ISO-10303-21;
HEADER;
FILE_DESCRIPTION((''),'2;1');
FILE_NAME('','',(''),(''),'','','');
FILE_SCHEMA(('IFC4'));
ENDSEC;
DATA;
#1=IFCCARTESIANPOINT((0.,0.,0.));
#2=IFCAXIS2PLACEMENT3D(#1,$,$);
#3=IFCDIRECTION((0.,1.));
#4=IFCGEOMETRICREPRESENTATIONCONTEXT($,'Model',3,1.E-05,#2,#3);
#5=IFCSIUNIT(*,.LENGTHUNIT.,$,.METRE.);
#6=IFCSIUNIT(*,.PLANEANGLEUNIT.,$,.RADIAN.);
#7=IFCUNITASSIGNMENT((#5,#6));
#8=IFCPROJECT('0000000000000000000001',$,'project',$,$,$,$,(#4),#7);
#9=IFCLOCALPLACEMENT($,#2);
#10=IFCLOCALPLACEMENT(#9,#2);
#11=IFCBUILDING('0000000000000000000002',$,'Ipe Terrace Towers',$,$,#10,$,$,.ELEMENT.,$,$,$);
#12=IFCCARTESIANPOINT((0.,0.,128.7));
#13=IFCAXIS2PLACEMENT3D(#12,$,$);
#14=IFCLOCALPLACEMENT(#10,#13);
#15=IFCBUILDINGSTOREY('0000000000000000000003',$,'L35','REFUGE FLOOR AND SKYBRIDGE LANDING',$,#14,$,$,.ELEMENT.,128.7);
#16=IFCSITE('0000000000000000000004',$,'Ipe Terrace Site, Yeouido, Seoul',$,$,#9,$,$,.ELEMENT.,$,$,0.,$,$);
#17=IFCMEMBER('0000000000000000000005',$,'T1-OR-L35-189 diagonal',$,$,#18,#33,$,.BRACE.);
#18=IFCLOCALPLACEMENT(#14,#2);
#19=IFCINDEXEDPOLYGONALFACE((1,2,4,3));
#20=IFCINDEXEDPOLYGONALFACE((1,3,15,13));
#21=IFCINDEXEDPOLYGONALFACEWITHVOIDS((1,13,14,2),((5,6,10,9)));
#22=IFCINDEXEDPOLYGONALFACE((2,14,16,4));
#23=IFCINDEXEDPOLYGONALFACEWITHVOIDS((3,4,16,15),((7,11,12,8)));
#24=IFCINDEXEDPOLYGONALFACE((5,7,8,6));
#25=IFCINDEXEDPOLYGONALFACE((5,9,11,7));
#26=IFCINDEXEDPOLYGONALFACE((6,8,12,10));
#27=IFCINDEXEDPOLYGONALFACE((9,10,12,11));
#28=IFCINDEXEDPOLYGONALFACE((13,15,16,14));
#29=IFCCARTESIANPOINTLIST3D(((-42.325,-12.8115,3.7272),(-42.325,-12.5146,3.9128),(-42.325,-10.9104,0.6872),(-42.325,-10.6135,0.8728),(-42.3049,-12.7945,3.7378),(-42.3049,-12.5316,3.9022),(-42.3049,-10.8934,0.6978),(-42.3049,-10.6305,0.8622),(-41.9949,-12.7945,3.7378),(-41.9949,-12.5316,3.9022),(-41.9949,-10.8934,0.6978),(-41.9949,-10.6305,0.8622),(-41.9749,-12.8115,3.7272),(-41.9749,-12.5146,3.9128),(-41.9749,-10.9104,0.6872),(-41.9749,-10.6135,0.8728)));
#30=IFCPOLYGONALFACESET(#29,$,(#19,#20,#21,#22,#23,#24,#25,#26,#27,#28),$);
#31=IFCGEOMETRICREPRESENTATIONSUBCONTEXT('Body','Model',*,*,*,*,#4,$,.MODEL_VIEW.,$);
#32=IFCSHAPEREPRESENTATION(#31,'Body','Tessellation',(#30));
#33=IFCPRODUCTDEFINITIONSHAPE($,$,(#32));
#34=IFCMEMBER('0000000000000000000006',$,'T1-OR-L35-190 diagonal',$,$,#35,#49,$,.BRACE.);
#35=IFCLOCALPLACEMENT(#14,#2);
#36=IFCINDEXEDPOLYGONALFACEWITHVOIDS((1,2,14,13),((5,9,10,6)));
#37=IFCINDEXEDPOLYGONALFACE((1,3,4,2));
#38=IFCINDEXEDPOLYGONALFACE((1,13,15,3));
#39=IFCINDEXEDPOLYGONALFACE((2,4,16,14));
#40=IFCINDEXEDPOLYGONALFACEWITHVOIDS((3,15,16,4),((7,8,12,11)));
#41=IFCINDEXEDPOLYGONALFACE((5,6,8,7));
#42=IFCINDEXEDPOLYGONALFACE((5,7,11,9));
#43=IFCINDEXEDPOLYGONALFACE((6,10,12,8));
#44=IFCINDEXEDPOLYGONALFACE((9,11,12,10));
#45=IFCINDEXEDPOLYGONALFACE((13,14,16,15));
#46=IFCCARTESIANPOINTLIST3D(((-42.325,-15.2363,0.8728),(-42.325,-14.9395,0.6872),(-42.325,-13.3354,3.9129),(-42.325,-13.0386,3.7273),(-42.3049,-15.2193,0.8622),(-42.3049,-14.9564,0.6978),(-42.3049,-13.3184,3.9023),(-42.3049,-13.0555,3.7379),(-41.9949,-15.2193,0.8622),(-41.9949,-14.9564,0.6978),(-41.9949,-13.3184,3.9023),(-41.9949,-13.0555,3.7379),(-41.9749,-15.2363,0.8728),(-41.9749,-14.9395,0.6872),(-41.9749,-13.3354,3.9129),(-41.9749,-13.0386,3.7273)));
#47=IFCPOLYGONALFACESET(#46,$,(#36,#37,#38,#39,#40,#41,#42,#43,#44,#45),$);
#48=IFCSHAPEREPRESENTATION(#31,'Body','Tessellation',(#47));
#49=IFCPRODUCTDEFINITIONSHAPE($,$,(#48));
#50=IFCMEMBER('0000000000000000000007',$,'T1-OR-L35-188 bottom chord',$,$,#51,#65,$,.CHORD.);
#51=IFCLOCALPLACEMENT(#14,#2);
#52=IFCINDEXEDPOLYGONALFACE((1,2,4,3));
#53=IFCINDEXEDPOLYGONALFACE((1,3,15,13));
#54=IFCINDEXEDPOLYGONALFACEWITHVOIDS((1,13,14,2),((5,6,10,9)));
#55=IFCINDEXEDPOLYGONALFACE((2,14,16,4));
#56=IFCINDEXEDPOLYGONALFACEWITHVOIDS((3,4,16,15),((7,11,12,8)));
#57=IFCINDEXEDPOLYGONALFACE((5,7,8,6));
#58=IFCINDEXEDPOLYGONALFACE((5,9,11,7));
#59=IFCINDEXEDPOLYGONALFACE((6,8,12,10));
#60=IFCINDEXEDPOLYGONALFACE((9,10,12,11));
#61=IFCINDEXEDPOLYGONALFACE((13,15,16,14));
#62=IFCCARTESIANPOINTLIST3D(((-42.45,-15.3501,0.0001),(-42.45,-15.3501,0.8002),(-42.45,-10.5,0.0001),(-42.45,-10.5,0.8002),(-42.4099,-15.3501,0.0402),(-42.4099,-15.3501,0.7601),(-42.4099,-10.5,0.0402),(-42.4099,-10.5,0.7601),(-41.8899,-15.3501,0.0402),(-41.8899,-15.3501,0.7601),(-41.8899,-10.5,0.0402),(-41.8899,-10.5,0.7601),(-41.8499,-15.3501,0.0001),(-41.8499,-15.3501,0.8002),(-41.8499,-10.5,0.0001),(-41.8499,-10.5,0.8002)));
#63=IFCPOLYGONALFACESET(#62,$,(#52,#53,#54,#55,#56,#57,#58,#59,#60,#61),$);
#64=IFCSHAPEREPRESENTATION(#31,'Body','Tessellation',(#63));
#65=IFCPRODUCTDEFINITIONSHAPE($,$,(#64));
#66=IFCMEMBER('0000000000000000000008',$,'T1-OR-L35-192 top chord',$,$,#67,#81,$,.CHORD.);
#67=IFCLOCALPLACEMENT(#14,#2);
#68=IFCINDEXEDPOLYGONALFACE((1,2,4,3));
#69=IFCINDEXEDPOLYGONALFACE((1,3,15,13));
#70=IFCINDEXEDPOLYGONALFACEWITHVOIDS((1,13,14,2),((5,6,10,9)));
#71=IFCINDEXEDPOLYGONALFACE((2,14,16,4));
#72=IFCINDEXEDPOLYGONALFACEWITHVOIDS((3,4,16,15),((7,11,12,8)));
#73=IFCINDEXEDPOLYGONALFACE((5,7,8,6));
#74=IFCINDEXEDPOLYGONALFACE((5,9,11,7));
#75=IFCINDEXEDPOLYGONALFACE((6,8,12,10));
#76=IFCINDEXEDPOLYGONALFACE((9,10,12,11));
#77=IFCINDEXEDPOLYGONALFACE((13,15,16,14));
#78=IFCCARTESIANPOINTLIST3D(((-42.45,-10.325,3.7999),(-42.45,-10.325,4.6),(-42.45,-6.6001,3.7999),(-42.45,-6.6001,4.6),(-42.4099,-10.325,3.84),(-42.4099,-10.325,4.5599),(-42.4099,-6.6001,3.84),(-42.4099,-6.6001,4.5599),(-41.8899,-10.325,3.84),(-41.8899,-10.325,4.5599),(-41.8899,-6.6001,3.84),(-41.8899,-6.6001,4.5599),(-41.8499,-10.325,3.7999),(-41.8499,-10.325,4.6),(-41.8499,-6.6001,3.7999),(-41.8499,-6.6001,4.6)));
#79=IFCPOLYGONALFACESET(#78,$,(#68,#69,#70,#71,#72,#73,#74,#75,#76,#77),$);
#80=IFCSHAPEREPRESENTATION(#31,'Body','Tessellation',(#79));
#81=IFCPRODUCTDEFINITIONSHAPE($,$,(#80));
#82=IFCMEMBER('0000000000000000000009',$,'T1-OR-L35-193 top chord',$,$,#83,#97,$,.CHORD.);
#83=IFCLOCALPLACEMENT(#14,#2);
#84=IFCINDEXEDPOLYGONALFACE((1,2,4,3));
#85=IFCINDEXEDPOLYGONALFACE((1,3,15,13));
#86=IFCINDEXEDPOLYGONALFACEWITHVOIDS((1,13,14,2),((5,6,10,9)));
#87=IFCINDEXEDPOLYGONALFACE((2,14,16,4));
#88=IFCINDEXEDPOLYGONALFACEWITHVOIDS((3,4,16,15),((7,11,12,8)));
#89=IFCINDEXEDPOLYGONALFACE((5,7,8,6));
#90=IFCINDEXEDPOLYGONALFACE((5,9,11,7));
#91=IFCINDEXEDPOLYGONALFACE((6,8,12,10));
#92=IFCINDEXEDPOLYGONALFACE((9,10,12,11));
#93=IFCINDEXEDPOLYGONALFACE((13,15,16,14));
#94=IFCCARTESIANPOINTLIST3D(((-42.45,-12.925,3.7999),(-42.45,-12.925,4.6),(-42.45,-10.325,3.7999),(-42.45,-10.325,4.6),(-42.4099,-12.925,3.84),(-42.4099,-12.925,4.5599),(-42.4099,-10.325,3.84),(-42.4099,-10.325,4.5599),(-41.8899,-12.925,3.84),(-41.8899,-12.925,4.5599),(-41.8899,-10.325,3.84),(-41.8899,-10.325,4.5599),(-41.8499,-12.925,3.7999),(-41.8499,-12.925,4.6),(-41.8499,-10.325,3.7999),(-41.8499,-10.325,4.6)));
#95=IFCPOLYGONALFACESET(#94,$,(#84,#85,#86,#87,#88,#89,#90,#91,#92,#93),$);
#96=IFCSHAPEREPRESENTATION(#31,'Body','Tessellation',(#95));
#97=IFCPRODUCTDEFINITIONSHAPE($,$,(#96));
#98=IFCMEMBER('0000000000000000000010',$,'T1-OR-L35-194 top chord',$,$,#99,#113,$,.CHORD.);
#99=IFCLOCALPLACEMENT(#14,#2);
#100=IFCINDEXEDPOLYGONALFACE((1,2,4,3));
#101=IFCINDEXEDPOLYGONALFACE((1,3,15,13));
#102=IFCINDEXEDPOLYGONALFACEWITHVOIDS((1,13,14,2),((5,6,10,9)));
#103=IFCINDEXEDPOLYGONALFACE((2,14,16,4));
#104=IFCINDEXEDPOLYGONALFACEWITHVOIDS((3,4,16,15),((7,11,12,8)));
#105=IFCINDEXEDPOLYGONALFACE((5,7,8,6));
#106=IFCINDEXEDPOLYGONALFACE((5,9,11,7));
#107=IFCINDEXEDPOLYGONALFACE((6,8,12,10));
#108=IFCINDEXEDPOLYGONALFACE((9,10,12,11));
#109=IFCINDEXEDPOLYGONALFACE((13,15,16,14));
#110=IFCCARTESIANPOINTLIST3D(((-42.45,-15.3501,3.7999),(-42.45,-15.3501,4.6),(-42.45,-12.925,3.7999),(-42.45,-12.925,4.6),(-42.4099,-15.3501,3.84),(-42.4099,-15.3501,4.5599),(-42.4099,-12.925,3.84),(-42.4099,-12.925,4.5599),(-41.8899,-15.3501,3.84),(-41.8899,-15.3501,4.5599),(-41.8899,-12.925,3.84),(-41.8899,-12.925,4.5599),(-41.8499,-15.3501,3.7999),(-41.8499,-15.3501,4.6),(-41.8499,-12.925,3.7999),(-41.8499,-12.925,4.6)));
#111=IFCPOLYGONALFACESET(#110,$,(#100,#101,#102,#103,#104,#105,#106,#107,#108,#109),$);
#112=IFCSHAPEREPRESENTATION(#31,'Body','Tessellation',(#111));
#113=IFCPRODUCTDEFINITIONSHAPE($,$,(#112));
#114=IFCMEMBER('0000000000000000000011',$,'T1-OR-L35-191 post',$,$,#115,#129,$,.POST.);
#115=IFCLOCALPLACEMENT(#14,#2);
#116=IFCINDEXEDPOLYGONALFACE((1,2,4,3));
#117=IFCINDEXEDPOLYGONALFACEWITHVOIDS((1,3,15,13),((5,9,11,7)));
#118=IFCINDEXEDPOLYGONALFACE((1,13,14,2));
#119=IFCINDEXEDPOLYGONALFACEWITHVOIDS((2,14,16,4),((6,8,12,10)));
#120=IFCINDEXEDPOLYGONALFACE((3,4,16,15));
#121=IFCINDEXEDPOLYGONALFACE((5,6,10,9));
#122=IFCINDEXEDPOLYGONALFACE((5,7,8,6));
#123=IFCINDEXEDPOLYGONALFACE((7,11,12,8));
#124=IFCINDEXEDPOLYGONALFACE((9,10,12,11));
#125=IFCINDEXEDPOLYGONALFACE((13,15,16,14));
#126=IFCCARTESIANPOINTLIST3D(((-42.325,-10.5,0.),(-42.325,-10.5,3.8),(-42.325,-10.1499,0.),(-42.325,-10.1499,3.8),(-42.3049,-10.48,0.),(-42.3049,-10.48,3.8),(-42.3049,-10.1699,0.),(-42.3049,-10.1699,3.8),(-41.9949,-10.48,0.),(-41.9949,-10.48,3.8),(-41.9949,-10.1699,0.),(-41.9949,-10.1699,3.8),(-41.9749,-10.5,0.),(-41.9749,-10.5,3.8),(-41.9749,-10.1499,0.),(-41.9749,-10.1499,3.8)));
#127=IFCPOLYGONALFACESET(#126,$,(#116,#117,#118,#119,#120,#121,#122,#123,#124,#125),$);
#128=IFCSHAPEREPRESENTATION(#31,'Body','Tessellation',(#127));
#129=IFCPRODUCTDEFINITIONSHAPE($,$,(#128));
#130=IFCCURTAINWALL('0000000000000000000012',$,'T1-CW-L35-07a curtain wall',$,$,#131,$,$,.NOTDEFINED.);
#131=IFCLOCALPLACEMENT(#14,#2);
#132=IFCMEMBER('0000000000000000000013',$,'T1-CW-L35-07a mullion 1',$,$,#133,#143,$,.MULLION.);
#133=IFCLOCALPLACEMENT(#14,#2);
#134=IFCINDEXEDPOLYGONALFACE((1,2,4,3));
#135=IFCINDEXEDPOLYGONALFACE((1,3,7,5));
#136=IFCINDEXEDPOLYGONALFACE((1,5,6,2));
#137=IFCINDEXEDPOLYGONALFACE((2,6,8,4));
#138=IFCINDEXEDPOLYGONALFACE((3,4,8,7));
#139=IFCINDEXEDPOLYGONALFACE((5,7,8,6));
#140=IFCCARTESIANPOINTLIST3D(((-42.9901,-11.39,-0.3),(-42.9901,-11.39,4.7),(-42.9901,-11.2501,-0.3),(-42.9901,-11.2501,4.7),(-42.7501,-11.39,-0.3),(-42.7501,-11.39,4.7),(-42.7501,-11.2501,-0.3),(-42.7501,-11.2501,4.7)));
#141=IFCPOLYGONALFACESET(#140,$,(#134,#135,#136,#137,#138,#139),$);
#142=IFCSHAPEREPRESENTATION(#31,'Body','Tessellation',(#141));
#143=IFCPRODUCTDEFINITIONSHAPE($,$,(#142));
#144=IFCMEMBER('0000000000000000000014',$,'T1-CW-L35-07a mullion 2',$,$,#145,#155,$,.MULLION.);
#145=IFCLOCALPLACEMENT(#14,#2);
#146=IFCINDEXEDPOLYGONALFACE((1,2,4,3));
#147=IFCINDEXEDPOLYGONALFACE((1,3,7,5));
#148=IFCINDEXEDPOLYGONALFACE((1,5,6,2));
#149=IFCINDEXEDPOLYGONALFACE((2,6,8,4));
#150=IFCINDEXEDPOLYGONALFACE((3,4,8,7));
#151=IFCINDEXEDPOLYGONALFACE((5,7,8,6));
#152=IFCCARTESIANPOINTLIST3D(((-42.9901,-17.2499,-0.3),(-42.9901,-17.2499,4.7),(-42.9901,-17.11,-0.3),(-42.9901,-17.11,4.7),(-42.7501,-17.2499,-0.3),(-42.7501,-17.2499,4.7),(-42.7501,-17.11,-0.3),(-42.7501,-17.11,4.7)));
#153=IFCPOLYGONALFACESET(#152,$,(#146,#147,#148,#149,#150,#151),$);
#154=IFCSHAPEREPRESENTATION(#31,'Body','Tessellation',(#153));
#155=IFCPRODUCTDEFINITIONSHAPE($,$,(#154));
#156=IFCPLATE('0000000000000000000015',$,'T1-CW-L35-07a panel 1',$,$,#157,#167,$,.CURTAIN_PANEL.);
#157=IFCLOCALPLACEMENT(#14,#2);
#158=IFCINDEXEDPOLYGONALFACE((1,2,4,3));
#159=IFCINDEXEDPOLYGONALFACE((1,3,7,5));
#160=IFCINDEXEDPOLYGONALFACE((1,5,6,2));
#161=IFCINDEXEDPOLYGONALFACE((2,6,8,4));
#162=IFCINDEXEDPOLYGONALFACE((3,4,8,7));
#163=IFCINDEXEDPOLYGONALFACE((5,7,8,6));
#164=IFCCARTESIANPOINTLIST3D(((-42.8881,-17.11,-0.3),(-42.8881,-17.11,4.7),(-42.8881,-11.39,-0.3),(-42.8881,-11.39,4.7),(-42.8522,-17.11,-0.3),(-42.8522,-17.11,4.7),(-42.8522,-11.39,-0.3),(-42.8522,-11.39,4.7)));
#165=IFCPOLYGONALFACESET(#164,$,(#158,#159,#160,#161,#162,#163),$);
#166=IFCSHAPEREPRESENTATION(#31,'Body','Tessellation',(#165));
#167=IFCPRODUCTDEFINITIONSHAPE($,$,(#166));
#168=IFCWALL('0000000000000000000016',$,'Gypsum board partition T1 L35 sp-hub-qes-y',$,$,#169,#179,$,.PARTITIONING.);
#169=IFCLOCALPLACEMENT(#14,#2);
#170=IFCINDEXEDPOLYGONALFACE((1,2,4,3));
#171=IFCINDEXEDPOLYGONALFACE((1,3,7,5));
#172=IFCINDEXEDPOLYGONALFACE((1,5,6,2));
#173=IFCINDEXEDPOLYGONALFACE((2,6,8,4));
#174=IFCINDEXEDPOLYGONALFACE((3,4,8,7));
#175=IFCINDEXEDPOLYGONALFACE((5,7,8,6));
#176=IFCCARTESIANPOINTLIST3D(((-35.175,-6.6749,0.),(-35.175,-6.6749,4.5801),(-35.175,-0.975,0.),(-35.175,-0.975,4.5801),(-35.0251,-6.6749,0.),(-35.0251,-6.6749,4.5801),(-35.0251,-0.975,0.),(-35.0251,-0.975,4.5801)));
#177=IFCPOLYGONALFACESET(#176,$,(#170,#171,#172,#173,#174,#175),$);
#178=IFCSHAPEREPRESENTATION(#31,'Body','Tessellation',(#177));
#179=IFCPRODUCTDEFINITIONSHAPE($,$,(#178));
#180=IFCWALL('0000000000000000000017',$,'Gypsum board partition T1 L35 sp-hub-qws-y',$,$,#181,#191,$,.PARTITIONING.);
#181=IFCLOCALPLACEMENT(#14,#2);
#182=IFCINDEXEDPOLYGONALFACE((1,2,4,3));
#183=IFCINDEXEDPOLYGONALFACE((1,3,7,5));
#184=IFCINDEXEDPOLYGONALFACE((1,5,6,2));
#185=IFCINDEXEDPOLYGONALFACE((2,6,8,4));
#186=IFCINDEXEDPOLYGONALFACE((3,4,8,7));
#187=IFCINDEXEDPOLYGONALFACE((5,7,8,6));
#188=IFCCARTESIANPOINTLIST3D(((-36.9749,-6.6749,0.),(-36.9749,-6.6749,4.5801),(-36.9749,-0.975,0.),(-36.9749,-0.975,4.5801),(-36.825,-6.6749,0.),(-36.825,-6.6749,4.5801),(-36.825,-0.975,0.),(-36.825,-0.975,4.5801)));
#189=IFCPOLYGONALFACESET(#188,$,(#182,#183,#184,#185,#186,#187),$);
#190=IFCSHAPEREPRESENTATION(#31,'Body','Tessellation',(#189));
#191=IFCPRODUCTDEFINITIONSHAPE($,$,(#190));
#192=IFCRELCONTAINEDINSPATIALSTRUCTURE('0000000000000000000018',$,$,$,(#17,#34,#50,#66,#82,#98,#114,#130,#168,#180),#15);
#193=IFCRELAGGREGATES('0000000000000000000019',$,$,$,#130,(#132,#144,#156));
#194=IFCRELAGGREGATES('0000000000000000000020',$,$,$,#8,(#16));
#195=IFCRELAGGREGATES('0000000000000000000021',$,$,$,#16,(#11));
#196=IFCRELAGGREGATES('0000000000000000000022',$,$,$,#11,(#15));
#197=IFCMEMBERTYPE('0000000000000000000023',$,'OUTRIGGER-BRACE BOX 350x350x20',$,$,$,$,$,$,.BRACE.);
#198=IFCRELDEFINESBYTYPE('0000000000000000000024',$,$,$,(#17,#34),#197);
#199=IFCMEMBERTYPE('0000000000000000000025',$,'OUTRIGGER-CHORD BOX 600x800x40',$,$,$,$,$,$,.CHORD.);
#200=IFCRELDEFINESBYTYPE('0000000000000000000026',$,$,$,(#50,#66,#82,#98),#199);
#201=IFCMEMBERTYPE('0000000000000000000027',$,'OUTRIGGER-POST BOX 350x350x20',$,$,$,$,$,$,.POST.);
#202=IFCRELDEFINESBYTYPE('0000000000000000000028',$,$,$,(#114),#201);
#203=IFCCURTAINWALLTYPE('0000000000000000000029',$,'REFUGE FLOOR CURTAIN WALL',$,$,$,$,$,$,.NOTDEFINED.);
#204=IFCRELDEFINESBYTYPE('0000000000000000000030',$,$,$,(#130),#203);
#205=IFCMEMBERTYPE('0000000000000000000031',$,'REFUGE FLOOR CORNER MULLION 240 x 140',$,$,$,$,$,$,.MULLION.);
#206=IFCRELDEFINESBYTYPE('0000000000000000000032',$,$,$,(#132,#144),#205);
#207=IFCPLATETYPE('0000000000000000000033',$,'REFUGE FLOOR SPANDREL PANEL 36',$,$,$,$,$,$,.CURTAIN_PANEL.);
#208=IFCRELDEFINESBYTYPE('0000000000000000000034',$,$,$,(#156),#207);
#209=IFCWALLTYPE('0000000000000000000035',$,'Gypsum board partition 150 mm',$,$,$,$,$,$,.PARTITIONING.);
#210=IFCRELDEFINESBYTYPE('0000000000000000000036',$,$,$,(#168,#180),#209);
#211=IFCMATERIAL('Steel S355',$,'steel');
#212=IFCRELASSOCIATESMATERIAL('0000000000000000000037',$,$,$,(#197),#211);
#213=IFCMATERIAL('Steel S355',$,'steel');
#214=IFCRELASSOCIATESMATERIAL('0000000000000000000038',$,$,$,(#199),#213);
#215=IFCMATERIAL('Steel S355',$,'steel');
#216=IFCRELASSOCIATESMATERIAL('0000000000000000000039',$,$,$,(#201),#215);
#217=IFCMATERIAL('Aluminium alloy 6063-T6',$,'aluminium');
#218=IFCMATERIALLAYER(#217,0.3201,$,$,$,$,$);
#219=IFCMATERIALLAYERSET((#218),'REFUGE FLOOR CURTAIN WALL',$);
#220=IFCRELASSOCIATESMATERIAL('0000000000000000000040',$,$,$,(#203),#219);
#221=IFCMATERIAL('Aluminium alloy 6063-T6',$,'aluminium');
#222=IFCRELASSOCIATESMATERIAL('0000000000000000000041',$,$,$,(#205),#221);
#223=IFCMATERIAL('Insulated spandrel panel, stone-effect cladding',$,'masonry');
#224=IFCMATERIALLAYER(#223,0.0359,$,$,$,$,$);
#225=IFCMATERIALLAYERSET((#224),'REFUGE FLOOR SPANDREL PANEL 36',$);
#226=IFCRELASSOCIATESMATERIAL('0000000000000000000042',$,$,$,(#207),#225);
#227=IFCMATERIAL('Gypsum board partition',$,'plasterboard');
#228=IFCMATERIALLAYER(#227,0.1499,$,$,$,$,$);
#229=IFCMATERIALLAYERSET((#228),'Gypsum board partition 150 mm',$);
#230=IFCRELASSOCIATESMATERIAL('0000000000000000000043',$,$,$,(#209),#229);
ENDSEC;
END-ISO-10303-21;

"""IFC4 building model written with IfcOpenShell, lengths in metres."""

from ifc_helpers import new_model, si_unit, direction, frame, frame_2d, origin, origin_2d, place, context, subcontext, project, spatial, rectangle, hollow_rectangle, extrude, material, layer, layer_set, material_profile, profile_set, type_object, element, aggregate, save


model = new_model("IFC4")

# Units and contexts
model_context = context("Model", 3, precision=1e-05, world=origin(), true_north=direction((0.0, 1.0)))
body_context = subcontext(model_context, "Body", "Model", "MODEL_VIEW")
ifc_project = project(units=[si_unit("LENGTHUNIT", "METRE"), si_unit("PLANEANGLEUNIT", "RADIAN")], contexts=[model_context])

# Site, building, storey
site_placement = place(None, origin())
site = spatial("IfcSite", under=ifc_project, at=site_placement, Name="Ipe Terrace Site, Yeouido, Seoul", CompositionType="ELEMENT", RefElevation=0.0)
building_placement = place(site_placement, origin())
building = spatial("IfcBuilding", under=site, at=building_placement, Name="Ipe Terrace Towers", CompositionType="ELEMENT")
storey_placement = place(building_placement, frame((0.0, 0.0, 128.7)))
storey = spatial("IfcBuildingStorey", under=building, at=storey_placement, Name="L35", Description="REFUGE FLOOR AND SKYBRIDGE LANDING", CompositionType="ELEMENT", Elevation=128.7)

# Members
ifc_material_1 = material(Name="Steel S355", Category="steel")
ifc_material_profile_1 = material_profile(ifc_material_1, hollow_rectangle(XDim=0.3501, YDim=0.3501, WallThickness=0.02, at=origin_2d()), Name="OUTRIGGER-BRACE BOX 350x350x20")
ifc_profile_set_1 = profile_set([ifc_material_profile_1], Name="Steel S355")
member_type_1 = type_object("IfcMemberType", Name="OUTRIGGER-BRACE BOX 350x350x20", PredefinedType="BRACE", material=ifc_profile_set_1)
for number, where, z_axis, x_axis, name in (
    (1, (-42.1499, -10.762, 0.78), (0.0, -0.530219, 0.847861), (1.0, 0.0, 0.0), "T1-OR-L35-189 diagonal"),
    (2, (-42.1499, -15.0879, 0.78), (0.0, 0.53017, 0.847891), (-1.0, 0.0, 0.0), "T1-OR-L35-190 diagonal"),
):
    element("IfcMember", number, at=place(storey_placement, frame(where, z_axis=z_axis, x_axis=x_axis)), inside=storey, type_object=member_type_1, Name=name, PredefinedType="BRACE", context=body_context, shape_type="SweptSolid", body=[
        extrude(hollow_rectangle(XDim=0.3501, YDim=0.3501, WallThickness=0.02, at=origin_2d()), origin(), (0.0, 0.0, 1.0), 3.5854),
    ])
ifc_material_2 = material(Name="Steel S355", Category="steel")
ifc_material_profile_2 = material_profile(ifc_material_2, hollow_rectangle(XDim=0.6001, YDim=0.8, WallThickness=0.04, at=origin_2d()), Name="OUTRIGGER-CHORD BOX 600x800x40")
ifc_profile_set_2 = profile_set([ifc_material_profile_2], Name="Steel S355")
member_type_2 = type_object("IfcMemberType", Name="OUTRIGGER-CHORD BOX 600x800x40", PredefinedType="CHORD", material=ifc_profile_set_2)
member_1_placement = place(storey_placement, frame((-42.1499, -10.5, 0.4001), z_axis=(0.0, -1.0, 0.0), x_axis=(1.0, 0.0, 0.0)))
element("IfcMember", 3, at=member_1_placement, inside=storey, type_object=member_type_2, Name="T1-OR-L35-188 bottom chord", PredefinedType="CHORD", context=body_context, shape_type="SweptSolid", body=[
    extrude(hollow_rectangle(XDim=0.6001, YDim=0.8, WallThickness=0.04, at=origin_2d()), origin(), (0.0, 0.0, 1.0), 4.8501),
])
member_2_placement = place(storey_placement, frame((-42.1499, -6.6001, 4.2), z_axis=(0.0, -1.0, 0.0), x_axis=(1.0, 0.0, 0.0)))
element("IfcMember", 4, at=member_2_placement, inside=storey, type_object=member_type_2, Name="T1-OR-L35-192 top chord", PredefinedType="CHORD", context=body_context, shape_type="SweptSolid", body=[
    extrude(hollow_rectangle(XDim=0.6001, YDim=0.8, WallThickness=0.04, at=origin_2d()), origin(), (0.0, 0.0, 1.0), 3.7249),
])
member_3_placement = place(storey_placement, frame((-42.1499, -10.325, 4.2), z_axis=(0.0, -1.0, 0.0), x_axis=(1.0, 0.0, 0.0)))
element("IfcMember", 5, at=member_3_placement, inside=storey, type_object=member_type_2, Name="T1-OR-L35-193 top chord", PredefinedType="CHORD", context=body_context, shape_type="SweptSolid", body=[
    extrude(hollow_rectangle(XDim=0.6001, YDim=0.8, WallThickness=0.04, at=origin_2d()), origin(), (0.0, 0.0, 1.0), 2.6001),
])
member_4_placement = place(storey_placement, frame((-42.1499, -12.925, 4.2), z_axis=(0.0, -1.0, 0.0), x_axis=(1.0, 0.0, 0.0)))
element("IfcMember", 6, at=member_4_placement, inside=storey, type_object=member_type_2, Name="T1-OR-L35-194 top chord", PredefinedType="CHORD", context=body_context, shape_type="SweptSolid", body=[
    extrude(hollow_rectangle(XDim=0.6001, YDim=0.8, WallThickness=0.04, at=origin_2d()), origin(), (0.0, 0.0, 1.0), 2.425),
])
ifc_material_3 = material(Name="Steel S355", Category="steel")
ifc_material_profile_3 = material_profile(ifc_material_3, hollow_rectangle(XDim=0.3501, YDim=0.3501, WallThickness=0.02, at=origin_2d()), Name="OUTRIGGER-POST BOX 350x350x20")
ifc_profile_set_3 = profile_set([ifc_material_profile_3], Name="Steel S355")
member_type_3 = type_object("IfcMemberType", Name="OUTRIGGER-POST BOX 350x350x20", PredefinedType="POST", material=ifc_profile_set_3)
member_5_placement = place(storey_placement, frame((-42.1499, -10.325, 0.0), z_axis=(0.0, 0.0, 1.0), x_axis=(1.0, 0.0, 0.0)))
element("IfcMember", 7, at=member_5_placement, inside=storey, type_object=member_type_3, Name="T1-OR-L35-191 post", PredefinedType="POST", context=body_context, shape_type="SweptSolid", body=[
    extrude(hollow_rectangle(XDim=0.3501, YDim=0.3501, WallThickness=0.02, at=origin_2d()), origin(), (0.0, 0.0, 1.0), 3.8),
])

# Curtain wall, members, plate
ifc_material_4 = material(Name="Aluminium alloy 6063-T6", Category="aluminium")
ifc_layer_1 = layer(ifc_material_4, 0.3201)
ifc_layer_set_1 = layer_set([ifc_layer_1], Name="REFUGE FLOOR CURTAIN WALL")
curtain_wall_type = type_object("IfcCurtainWallType", Name="REFUGE FLOOR CURTAIN WALL", PredefinedType="NOTDEFINED", material=ifc_layer_set_1)
curtain_wall_placement = place(storey_placement, origin())
curtain_wall = element("IfcCurtainWall", 8, at=curtain_wall_placement, inside=storey, type_object=curtain_wall_type, Name="T1-CW-L35-07a curtain wall", PredefinedType="NOTDEFINED")
ifc_material_5 = material(Name="Aluminium alloy 6063-T6", Category="aluminium")
ifc_material_profile_4 = material_profile(ifc_material_5, rectangle(XDim=0.24, YDim=0.1399, at=origin_2d()), Name="REFUGE FLOOR CORNER MULLION 240 x 140")
ifc_profile_set_4 = profile_set([ifc_material_profile_4], Name="Aluminium alloy 6063-T6")
member_type_4 = type_object("IfcMemberType", Name="REFUGE FLOOR CORNER MULLION 240 x 140", PredefinedType="MULLION", material=ifc_profile_set_4)
member_6_placement = place(storey_placement, frame((-42.8701, -11.3201, -0.3), z_axis=(0.0, 0.0, 1.0), x_axis=(-1.0, 0.0, 0.0)))
member_6 = element("IfcMember", 9, at=member_6_placement, type_object=member_type_4, Name="T1-CW-L35-07a mullion 1", PredefinedType="MULLION", context=body_context, shape_type="SweptSolid", body=[
    extrude(rectangle(XDim=0.24, YDim=0.1399, at=origin_2d()), origin(), (0.0, 0.0, 1.0), 5.0),
])
member_7_placement = place(storey_placement, frame((-42.8701, -17.1799, -0.3), z_axis=(0.0, 0.0, 1.0), x_axis=(-1.0, 0.0, 0.0)))
member_7 = element("IfcMember", 10, at=member_7_placement, type_object=member_type_4, Name="T1-CW-L35-07a mullion 2", PredefinedType="MULLION", context=body_context, shape_type="SweptSolid", body=[
    extrude(rectangle(XDim=0.24, YDim=0.1399, at=origin_2d()), origin(), (0.0, 0.0, 1.0), 5.0),
])
ifc_material_6 = material(Name="Insulated spandrel panel, stone-effect cladding", Category="masonry")
ifc_layer_2 = layer(ifc_material_6, 0.0359)
ifc_layer_set_2 = layer_set([ifc_layer_2], Name="REFUGE FLOOR SPANDREL PANEL 36")
plate_type = type_object("IfcPlateType", Name="REFUGE FLOOR SPANDREL PANEL 36", PredefinedType="CURTAIN_PANEL", material=ifc_layer_set_2)
plate_placement = place(storey_placement, frame((-42.8701, -14.25, -0.3), z_axis=(0.0, 0.0, 1.0), x_axis=(0.0, -1.0, 0.0)))
plate = element("IfcPlate", 11, at=plate_placement, type_object=plate_type, Name="T1-CW-L35-07a panel 1", PredefinedType="CURTAIN_PANEL", context=body_context, shape_type="SweptSolid", body=[
    extrude(rectangle(XDim=5.72, YDim=0.0359, at=origin_2d()), origin(), (0.0, 0.0, 1.0), 5.0),
])
aggregate(curtain_wall, [member_6, member_7, plate])

# Walls
ifc_material_7 = material(Name="Gypsum board partition", Category="plasterboard")
ifc_layer_3 = layer(ifc_material_7, 0.1499)
ifc_layer_set_3 = layer_set([ifc_layer_3], Name="Gypsum board partition 150 mm")
wall_type = type_object("IfcWallType", Name="Gypsum board partition 150 mm", PredefinedType="PARTITIONING", material=ifc_layer_set_3)
for number, where, z_axis, x_axis, name in (
    (12, (-35.1001, -6.675, 0.0), (0.0, 0.0, 1.0), (0.0, 1.0, 0.0), "Gypsum board partition T1 L35 sp-hub-qes-y"),
    (13, (-36.8999, -6.675, 0.0), (0.0, 0.0, 1.0), (0.0, 1.0, 0.0), "Gypsum board partition T1 L35 sp-hub-qws-y"),
):
    element("IfcWall", number, at=place(storey_placement, frame(where, z_axis=z_axis, x_axis=x_axis)), inside=storey, type_object=wall_type, Name=name, PredefinedType="PARTITIONING", context=body_context, shape_type="SweptSolid", body=[
        extrude(rectangle(XDim=5.7, YDim=0.1499, at=frame_2d((2.8501, 0.0))), origin(), (0.0, 0.0, 1.0), 4.5801),
    ])

save(model, "model.ifc")
